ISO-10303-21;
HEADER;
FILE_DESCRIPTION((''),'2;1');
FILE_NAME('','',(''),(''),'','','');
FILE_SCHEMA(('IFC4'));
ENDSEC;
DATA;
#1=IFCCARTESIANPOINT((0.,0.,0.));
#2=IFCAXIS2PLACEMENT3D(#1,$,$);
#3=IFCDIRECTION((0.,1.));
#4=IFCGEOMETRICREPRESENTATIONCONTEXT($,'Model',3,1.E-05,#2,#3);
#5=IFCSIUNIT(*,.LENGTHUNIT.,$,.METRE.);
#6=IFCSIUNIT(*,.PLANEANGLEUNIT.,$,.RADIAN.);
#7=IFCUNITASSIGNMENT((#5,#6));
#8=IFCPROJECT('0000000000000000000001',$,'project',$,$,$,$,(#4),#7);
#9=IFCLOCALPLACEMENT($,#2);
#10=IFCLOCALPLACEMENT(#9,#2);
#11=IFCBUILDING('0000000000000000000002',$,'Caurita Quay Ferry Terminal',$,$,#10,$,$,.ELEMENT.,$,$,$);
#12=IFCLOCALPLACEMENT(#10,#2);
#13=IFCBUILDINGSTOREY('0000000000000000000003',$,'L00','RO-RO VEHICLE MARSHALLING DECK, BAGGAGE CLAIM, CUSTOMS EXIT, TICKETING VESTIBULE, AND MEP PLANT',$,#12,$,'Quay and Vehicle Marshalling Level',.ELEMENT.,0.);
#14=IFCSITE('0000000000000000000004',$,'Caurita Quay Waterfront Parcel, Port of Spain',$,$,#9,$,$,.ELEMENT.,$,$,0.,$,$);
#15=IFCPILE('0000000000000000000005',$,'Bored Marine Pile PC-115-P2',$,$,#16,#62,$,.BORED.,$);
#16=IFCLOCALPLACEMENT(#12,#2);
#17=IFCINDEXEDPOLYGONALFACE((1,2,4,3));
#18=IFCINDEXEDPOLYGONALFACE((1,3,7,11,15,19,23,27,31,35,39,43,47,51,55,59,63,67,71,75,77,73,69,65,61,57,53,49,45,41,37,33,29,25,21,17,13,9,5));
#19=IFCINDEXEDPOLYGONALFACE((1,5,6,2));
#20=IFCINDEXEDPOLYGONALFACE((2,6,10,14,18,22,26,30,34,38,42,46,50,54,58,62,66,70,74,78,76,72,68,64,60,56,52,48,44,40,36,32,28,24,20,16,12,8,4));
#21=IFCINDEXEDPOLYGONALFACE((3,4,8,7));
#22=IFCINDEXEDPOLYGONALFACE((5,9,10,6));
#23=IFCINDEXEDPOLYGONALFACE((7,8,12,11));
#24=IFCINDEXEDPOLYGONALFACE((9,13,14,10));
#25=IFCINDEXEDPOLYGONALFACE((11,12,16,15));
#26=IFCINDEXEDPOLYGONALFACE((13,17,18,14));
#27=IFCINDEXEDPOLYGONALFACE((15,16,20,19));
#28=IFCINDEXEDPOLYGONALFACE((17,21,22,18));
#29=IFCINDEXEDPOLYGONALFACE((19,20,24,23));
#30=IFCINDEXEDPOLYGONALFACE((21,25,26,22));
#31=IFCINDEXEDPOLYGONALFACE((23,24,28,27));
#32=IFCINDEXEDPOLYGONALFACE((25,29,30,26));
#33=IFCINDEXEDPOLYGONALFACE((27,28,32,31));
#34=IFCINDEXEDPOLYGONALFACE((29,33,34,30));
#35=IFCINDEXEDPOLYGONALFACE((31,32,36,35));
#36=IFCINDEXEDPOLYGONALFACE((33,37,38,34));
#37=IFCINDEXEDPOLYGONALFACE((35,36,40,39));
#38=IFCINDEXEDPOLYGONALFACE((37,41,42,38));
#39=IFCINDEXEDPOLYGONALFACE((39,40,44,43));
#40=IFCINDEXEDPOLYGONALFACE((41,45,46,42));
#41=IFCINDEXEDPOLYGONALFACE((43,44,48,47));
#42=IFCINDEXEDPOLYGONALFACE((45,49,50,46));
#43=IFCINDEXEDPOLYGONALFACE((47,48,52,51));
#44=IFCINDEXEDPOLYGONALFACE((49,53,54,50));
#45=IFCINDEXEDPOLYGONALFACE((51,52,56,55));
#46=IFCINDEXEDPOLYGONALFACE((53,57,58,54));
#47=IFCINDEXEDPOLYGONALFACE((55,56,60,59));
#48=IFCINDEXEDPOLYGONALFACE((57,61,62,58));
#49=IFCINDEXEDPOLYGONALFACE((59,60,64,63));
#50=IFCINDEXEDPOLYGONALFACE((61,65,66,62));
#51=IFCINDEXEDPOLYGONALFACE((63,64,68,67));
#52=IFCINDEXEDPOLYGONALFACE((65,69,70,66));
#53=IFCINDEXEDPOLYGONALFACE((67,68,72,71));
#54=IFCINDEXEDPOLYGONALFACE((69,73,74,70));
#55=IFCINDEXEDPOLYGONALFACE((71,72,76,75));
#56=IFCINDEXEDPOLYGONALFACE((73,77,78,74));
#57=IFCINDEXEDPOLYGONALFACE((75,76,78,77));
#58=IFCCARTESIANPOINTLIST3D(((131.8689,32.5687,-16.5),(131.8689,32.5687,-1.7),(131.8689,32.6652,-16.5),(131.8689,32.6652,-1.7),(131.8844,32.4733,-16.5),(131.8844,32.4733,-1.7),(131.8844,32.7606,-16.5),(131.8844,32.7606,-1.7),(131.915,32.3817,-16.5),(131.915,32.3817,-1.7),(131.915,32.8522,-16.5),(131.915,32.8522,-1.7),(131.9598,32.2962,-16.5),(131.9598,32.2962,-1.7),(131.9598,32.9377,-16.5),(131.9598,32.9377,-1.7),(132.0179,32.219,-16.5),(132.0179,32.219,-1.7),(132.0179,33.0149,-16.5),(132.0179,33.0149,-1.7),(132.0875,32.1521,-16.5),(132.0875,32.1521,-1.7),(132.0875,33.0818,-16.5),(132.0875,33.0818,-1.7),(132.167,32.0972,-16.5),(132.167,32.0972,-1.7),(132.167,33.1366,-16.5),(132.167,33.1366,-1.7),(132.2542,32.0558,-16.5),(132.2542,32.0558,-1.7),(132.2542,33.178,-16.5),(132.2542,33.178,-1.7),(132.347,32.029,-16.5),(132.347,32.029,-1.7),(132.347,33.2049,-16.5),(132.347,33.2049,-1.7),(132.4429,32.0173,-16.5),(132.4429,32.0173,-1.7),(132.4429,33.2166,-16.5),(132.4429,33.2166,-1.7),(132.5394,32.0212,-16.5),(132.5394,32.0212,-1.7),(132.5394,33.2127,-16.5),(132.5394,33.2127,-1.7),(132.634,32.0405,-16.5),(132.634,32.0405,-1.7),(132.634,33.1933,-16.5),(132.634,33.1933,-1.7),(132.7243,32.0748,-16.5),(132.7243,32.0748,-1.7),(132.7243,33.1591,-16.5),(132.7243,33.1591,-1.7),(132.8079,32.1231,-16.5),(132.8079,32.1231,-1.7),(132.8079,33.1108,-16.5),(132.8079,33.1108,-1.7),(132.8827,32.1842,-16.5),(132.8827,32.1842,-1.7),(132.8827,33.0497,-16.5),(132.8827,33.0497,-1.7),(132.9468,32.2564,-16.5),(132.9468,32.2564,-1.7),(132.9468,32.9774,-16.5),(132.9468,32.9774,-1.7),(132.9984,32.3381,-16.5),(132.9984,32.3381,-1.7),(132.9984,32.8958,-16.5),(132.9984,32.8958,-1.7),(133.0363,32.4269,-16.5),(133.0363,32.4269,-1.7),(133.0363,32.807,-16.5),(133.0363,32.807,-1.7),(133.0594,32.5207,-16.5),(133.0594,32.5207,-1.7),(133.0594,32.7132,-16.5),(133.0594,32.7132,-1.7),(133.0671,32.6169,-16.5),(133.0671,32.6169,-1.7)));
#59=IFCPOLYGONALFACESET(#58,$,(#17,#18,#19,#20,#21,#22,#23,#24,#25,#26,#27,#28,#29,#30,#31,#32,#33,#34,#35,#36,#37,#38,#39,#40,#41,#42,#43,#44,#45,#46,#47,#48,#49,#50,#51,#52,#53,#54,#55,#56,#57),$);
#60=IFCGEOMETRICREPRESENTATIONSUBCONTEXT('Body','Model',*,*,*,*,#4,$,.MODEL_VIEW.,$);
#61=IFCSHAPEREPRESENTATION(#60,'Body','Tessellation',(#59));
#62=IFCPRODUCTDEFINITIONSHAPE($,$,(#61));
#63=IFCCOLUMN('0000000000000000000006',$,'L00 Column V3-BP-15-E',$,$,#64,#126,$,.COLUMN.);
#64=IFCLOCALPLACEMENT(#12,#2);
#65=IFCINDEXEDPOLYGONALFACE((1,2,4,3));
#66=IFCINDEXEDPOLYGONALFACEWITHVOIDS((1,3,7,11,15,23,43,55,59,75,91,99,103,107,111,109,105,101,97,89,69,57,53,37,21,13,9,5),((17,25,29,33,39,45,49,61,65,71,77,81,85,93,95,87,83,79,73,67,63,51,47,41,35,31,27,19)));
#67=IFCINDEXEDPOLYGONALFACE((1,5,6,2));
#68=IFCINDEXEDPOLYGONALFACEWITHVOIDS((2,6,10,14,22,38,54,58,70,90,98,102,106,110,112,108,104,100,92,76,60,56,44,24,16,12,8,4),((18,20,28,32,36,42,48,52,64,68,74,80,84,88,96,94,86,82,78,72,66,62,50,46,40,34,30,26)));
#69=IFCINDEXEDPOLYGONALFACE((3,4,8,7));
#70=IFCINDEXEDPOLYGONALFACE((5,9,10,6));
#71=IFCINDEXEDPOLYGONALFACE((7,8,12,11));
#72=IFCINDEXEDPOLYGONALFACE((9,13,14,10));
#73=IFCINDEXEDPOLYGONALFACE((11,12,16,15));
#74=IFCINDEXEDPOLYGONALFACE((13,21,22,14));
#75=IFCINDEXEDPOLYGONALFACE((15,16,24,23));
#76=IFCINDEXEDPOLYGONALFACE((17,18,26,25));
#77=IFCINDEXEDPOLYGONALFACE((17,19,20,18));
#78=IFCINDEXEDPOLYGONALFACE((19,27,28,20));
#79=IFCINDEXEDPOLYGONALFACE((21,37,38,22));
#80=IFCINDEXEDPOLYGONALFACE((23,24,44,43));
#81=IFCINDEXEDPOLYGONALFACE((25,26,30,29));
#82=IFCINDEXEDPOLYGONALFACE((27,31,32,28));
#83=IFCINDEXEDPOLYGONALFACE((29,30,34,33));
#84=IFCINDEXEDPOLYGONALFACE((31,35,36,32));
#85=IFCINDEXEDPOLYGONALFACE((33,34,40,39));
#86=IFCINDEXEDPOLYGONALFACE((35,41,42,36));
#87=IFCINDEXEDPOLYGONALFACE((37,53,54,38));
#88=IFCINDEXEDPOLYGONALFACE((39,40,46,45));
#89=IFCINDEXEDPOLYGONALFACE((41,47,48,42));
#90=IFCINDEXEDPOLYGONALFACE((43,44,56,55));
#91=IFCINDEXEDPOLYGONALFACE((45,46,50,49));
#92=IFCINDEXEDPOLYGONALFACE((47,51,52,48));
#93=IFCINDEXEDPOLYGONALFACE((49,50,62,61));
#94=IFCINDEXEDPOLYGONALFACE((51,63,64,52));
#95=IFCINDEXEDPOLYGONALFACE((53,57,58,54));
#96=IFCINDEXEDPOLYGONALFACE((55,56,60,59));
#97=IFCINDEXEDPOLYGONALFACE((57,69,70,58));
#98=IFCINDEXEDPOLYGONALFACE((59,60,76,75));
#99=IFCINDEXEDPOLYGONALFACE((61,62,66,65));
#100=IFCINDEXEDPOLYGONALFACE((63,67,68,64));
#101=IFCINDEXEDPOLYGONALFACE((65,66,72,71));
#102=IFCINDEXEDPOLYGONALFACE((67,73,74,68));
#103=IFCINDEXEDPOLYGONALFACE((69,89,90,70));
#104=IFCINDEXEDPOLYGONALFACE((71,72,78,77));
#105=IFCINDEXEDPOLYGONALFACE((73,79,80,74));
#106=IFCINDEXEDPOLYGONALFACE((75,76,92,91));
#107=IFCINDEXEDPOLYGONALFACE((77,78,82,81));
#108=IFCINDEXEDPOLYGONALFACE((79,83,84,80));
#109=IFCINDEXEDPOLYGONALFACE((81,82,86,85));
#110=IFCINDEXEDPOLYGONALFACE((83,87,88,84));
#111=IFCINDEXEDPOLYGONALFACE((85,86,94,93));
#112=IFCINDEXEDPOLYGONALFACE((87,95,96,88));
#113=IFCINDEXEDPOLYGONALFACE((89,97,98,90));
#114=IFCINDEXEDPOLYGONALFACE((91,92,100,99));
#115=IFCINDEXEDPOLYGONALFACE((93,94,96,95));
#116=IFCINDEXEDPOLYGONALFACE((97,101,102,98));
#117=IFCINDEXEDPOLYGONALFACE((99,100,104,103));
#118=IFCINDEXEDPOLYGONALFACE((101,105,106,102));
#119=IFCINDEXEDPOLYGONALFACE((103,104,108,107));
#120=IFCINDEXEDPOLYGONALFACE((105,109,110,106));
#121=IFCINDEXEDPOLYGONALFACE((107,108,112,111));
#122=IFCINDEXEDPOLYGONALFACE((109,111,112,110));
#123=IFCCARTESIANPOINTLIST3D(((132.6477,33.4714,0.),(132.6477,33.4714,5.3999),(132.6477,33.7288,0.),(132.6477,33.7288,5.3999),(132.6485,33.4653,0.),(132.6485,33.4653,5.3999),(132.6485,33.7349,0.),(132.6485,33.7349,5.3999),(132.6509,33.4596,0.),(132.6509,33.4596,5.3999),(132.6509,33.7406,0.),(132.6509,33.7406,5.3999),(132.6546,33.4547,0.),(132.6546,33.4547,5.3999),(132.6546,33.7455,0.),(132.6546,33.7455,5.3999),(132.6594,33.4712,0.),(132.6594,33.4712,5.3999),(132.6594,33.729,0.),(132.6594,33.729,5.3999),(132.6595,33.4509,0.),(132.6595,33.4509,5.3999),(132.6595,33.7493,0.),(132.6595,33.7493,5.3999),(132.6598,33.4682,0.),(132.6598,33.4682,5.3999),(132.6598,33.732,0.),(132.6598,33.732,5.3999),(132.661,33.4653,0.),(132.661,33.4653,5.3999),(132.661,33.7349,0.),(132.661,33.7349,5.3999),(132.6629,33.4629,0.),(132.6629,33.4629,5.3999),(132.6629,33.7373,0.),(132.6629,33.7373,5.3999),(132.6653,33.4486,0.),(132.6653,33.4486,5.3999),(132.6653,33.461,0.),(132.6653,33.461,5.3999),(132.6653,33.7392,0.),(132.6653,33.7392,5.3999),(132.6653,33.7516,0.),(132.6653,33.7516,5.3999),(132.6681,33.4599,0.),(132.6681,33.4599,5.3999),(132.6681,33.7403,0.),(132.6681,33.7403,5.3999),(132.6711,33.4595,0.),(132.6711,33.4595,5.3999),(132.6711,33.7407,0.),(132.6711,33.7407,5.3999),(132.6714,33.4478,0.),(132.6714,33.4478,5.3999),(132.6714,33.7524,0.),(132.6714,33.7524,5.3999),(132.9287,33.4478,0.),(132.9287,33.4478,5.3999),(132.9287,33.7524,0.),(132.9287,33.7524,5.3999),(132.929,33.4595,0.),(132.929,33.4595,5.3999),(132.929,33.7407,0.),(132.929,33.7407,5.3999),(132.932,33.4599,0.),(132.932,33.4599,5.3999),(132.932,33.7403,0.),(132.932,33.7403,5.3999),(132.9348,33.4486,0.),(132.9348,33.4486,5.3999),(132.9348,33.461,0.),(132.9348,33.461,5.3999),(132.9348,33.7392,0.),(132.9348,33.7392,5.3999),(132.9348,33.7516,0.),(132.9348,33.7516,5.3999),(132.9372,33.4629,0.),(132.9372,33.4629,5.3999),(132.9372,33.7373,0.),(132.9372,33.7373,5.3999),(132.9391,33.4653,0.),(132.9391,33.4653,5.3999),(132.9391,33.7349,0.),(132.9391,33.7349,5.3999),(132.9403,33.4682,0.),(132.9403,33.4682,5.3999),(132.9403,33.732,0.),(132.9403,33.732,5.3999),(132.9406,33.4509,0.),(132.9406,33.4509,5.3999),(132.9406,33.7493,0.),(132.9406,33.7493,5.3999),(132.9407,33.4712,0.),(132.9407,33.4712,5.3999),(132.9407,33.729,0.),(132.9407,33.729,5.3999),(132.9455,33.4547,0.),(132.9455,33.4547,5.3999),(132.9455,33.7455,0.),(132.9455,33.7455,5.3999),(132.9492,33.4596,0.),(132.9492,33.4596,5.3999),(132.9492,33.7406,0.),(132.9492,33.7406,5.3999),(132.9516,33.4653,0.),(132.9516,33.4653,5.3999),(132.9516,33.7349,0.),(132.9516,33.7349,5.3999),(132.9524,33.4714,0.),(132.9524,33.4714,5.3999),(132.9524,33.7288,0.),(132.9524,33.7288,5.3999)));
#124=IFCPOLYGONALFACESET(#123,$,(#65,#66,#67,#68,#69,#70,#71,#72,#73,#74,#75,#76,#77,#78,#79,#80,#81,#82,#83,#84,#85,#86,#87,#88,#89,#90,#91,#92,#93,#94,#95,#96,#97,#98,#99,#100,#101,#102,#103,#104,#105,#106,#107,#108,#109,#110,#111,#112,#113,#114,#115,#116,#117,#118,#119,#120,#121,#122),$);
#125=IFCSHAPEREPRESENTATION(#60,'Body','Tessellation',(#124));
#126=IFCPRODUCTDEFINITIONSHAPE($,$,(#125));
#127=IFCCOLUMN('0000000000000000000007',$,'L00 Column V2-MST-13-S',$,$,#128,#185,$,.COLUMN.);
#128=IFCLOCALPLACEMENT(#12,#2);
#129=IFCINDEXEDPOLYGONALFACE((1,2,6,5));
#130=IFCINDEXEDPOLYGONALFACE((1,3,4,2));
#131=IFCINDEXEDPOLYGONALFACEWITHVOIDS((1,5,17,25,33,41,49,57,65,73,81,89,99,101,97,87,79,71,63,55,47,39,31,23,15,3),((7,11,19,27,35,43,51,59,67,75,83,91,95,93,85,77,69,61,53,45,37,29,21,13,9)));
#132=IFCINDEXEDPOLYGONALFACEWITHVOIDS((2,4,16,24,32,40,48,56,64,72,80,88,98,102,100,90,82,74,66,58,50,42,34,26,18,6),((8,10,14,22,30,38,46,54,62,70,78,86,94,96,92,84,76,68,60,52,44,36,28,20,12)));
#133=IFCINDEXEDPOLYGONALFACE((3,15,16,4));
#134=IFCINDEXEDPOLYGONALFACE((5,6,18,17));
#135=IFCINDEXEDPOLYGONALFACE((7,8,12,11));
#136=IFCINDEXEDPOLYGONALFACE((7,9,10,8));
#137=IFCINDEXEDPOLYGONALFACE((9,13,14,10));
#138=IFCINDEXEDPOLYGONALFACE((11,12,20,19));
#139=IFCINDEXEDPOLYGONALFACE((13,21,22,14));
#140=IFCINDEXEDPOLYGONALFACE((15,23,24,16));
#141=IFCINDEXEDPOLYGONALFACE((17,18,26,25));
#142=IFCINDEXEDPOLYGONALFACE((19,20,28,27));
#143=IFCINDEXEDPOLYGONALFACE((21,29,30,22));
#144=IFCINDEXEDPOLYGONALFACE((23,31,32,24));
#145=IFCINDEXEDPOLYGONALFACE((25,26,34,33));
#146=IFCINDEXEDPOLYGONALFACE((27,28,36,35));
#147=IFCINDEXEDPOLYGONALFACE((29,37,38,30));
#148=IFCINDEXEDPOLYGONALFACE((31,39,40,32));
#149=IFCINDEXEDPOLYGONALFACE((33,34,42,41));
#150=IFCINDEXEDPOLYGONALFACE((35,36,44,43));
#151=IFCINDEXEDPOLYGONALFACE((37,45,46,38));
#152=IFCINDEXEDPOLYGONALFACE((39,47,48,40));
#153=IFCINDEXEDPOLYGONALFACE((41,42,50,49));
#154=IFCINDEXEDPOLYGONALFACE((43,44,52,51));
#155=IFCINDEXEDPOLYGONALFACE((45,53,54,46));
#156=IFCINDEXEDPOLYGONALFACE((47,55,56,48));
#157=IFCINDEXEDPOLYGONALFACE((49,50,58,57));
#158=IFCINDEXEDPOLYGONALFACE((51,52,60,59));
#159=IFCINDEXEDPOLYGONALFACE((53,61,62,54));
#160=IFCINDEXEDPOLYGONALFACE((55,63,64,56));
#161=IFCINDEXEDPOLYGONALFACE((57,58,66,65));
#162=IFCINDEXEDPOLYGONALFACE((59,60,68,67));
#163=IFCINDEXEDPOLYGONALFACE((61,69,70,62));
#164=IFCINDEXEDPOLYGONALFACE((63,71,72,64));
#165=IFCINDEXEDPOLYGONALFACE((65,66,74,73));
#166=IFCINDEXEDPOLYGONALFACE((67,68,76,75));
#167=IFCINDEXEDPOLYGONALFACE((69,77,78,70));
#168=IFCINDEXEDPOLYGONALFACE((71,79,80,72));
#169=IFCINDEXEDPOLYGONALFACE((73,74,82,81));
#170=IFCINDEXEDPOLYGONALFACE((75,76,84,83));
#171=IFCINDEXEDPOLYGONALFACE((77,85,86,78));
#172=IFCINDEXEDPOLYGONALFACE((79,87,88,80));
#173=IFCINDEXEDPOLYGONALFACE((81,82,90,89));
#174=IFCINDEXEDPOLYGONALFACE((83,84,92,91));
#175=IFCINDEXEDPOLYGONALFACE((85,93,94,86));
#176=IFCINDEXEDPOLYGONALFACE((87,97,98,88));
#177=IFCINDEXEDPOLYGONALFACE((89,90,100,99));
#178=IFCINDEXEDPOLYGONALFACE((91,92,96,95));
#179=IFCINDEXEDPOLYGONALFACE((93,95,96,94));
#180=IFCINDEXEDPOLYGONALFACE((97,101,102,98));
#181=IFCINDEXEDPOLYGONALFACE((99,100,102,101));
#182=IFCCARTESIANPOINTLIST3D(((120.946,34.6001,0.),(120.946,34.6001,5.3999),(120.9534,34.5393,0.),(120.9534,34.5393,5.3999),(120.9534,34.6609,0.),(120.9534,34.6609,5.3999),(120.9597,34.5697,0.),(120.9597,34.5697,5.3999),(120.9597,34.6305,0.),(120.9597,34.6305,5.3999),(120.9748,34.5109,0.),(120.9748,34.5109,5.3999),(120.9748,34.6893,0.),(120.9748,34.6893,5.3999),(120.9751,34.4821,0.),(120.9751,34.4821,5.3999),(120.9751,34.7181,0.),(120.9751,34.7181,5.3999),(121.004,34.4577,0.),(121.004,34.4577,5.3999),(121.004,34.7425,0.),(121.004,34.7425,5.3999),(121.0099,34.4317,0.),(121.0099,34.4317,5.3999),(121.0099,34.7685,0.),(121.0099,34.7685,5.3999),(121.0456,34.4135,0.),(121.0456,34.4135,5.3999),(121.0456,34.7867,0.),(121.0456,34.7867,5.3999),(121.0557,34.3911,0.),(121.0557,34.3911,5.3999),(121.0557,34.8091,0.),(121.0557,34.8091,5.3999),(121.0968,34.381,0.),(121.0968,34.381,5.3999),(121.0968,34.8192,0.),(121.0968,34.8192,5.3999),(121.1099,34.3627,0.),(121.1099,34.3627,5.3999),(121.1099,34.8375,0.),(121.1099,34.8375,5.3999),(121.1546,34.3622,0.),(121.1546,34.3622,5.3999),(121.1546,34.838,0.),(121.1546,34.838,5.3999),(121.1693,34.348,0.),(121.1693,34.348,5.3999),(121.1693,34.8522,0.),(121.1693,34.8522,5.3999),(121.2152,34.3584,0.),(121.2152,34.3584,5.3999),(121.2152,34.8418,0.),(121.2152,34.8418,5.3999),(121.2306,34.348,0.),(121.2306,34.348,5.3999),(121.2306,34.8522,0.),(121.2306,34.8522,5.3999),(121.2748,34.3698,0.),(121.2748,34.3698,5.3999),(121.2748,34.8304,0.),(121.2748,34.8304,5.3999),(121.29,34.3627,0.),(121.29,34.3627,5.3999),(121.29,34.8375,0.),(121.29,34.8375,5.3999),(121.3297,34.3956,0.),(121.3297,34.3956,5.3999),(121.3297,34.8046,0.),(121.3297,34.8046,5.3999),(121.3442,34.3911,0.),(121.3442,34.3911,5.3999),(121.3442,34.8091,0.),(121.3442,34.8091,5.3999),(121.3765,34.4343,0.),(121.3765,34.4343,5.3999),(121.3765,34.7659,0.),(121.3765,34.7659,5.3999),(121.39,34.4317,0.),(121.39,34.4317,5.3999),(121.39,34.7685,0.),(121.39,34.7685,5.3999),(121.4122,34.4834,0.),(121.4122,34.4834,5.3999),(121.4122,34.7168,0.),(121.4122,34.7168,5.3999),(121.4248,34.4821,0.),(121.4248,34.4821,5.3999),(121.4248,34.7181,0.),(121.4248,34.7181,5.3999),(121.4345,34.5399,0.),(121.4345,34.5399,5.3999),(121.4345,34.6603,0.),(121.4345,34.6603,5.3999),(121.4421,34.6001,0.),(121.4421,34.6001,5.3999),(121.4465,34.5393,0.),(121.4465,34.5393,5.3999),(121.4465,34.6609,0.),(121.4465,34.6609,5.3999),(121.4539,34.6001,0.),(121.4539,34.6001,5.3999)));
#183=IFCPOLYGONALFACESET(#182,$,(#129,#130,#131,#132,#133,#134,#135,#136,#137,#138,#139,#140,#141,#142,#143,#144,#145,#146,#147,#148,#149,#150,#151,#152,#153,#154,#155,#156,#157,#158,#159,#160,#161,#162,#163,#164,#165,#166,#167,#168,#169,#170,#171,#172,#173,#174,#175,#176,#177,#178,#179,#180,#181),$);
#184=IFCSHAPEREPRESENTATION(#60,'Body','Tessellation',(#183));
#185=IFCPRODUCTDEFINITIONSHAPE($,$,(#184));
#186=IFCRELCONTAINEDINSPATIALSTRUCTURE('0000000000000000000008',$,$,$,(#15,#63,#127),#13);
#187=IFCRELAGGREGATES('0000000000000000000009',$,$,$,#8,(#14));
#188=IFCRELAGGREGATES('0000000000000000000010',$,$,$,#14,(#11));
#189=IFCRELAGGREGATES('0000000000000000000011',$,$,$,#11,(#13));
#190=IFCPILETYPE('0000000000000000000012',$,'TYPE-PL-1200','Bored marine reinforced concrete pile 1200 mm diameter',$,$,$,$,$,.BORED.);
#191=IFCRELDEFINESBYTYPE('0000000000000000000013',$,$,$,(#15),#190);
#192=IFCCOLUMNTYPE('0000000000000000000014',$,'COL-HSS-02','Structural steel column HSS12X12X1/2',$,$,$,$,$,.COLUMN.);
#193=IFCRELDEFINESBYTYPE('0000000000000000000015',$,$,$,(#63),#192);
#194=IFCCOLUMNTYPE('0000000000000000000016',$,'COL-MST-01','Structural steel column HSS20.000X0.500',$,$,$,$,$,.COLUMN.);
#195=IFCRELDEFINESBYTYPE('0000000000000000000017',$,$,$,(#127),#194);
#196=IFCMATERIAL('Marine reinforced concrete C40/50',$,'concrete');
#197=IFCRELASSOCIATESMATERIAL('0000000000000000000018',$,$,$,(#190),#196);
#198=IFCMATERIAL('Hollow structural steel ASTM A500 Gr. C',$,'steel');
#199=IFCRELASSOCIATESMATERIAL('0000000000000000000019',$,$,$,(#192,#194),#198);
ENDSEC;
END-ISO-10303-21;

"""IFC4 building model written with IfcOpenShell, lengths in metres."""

from ifc_helpers import new_model, si_unit, direction, frame, origin, origin_2d, place, context, subcontext, project, spatial, hollow_rectangle, circle, hollow_circle, extrude, material, material_profile, profile_set, type_object, element, save


model = new_model("IFC4")

# Units and contexts
model_context = context("Model", 3, precision=1e-05, world=origin(), true_north=direction((0.0, 1.0)))
body_context = subcontext(model_context, "Body", "Model", "MODEL_VIEW")
ifc_project = project(units=[si_unit("LENGTHUNIT", "METRE"), si_unit("PLANEANGLEUNIT", "RADIAN")], contexts=[model_context])

# Site, building, storey
site_placement = place(None, origin())
site = spatial("IfcSite", under=ifc_project, at=site_placement, Name="Caurita Quay Waterfront Parcel, Port of Spain", CompositionType="ELEMENT", RefElevation=0.0)
building_placement = place(site_placement, origin())
building = spatial("IfcBuilding", under=site, at=building_placement, Name="Caurita Quay Ferry Terminal", CompositionType="ELEMENT")
storey_placement = place(building_placement, origin())
storey = spatial("IfcBuildingStorey", under=building, at=storey_placement, Name="L00", Description="RO-RO VEHICLE MARSHALLING DECK, BAGGAGE CLAIM, CUSTOMS EXIT, TICKETING VESTIBULE, AND MEP PLANT", LongName="Quay and Vehicle Marshalling Level", CompositionType="ELEMENT", Elevation=0.0)

# Pile
ifc_material_1 = material(Name="Marine reinforced concrete C40/50", Category="concrete")
ifc_material_profile_1 = material_profile(ifc_material_1, circle(Radius=0.6001, at=origin_2d()), Name="PILE-D1200")
ifc_profile_set_1 = profile_set([ifc_material_profile_1], Name="Marine reinforced concrete C40/50")
pile_type = type_object("IfcPileType", Name="TYPE-PL-1200", Description="Bored marine reinforced concrete pile 1200 mm diameter", PredefinedType="BORED", material=ifc_profile_set_1)
for number, where, z_axis, x_axis, name in (
    (1, (132.467, 32.6169, -1.7), (0.0, 0.0, -1.0), (1.0, 0.0, 0.0), "Bored Marine Pile PC-115-P2"),
):
    element("IfcPile", number, at=place(storey_placement, frame(where, z_axis=z_axis, x_axis=x_axis)), inside=storey, type_object=pile_type, Name=name, PredefinedType="BORED", context=body_context, shape_type="SweptSolid", body=[
        extrude(circle(Radius=0.6001, at=origin_2d()), origin(), (0.0, 0.0, 1.0), 14.8),
    ])

# Columns
ifc_material_2 = material(Name="Hollow structural steel ASTM A500 Gr. C", Category="steel")
ifc_material_profile_2 = material_profile(ifc_material_2, hollow_rectangle(XDim=0.3047, YDim=0.3047, WallThickness=0.0117, InnerFilletRadius=0.0117, OuterFilletRadius=0.0237, at=origin_2d()), Name="HSS12X12X1/2")
ifc_profile_set_2 = profile_set([ifc_material_profile_2], Name="Hollow structural steel ASTM A500 Gr. C")
column_type_1 = type_object("IfcColumnType", Name="COL-HSS-02", Description="Structural steel column HSS12X12X1/2", PredefinedType="COLUMN", material=ifc_profile_set_2)
column_1_placement = place(storey_placement, frame((132.8, 33.6001, 0.0), z_axis=(0.0, 0.0, 1.0), x_axis=(1.0, 0.0, 0.0)))
element("IfcColumn", 2, at=column_1_placement, inside=storey, type_object=column_type_1, Name="L00 Column V3-BP-15-E", PredefinedType="COLUMN", context=body_context, shape_type="SweptSolid", body=[
    extrude(hollow_rectangle(XDim=0.3047, YDim=0.3047, WallThickness=0.0117, InnerFilletRadius=0.0117, OuterFilletRadius=0.0237, at=origin_2d()), origin(), (0.0, 0.0, 1.0), 5.3999),
])
ifc_material_profile_3 = material_profile(ifc_material_2, hollow_circle(Radius=0.2539, WallThickness=0.0117, at=origin_2d()), Name="HSS20.000X0.500")
ifc_profile_set_3 = profile_set([ifc_material_profile_3], Name="Hollow structural steel ASTM A500 Gr. C")
column_type_2 = type_object("IfcColumnType", Name="COL-MST-01", Description="Structural steel column HSS20.000X0.500", PredefinedType="COLUMN", material=ifc_profile_set_3)
for number, where, z_axis, x_axis, name in (
    (3, (121.2, 34.6001, 0.0), (0.0, 0.0, 1.0), (1.0, 0.0, 0.0), "L00 Column V2-MST-13-S"),
):
    element("IfcColumn", number, at=place(storey_placement, frame(where, z_axis=z_axis, x_axis=x_axis)), inside=storey, type_object=column_type_2, Name=name, PredefinedType="COLUMN", context=body_context, shape_type="SweptSolid", body=[
        extrude(hollow_circle(Radius=0.2539, WallThickness=0.0117, at=origin_2d()), origin(), (0.0, 0.0, 1.0), 5.3999),
    ])

save(model, "model.ifc")
